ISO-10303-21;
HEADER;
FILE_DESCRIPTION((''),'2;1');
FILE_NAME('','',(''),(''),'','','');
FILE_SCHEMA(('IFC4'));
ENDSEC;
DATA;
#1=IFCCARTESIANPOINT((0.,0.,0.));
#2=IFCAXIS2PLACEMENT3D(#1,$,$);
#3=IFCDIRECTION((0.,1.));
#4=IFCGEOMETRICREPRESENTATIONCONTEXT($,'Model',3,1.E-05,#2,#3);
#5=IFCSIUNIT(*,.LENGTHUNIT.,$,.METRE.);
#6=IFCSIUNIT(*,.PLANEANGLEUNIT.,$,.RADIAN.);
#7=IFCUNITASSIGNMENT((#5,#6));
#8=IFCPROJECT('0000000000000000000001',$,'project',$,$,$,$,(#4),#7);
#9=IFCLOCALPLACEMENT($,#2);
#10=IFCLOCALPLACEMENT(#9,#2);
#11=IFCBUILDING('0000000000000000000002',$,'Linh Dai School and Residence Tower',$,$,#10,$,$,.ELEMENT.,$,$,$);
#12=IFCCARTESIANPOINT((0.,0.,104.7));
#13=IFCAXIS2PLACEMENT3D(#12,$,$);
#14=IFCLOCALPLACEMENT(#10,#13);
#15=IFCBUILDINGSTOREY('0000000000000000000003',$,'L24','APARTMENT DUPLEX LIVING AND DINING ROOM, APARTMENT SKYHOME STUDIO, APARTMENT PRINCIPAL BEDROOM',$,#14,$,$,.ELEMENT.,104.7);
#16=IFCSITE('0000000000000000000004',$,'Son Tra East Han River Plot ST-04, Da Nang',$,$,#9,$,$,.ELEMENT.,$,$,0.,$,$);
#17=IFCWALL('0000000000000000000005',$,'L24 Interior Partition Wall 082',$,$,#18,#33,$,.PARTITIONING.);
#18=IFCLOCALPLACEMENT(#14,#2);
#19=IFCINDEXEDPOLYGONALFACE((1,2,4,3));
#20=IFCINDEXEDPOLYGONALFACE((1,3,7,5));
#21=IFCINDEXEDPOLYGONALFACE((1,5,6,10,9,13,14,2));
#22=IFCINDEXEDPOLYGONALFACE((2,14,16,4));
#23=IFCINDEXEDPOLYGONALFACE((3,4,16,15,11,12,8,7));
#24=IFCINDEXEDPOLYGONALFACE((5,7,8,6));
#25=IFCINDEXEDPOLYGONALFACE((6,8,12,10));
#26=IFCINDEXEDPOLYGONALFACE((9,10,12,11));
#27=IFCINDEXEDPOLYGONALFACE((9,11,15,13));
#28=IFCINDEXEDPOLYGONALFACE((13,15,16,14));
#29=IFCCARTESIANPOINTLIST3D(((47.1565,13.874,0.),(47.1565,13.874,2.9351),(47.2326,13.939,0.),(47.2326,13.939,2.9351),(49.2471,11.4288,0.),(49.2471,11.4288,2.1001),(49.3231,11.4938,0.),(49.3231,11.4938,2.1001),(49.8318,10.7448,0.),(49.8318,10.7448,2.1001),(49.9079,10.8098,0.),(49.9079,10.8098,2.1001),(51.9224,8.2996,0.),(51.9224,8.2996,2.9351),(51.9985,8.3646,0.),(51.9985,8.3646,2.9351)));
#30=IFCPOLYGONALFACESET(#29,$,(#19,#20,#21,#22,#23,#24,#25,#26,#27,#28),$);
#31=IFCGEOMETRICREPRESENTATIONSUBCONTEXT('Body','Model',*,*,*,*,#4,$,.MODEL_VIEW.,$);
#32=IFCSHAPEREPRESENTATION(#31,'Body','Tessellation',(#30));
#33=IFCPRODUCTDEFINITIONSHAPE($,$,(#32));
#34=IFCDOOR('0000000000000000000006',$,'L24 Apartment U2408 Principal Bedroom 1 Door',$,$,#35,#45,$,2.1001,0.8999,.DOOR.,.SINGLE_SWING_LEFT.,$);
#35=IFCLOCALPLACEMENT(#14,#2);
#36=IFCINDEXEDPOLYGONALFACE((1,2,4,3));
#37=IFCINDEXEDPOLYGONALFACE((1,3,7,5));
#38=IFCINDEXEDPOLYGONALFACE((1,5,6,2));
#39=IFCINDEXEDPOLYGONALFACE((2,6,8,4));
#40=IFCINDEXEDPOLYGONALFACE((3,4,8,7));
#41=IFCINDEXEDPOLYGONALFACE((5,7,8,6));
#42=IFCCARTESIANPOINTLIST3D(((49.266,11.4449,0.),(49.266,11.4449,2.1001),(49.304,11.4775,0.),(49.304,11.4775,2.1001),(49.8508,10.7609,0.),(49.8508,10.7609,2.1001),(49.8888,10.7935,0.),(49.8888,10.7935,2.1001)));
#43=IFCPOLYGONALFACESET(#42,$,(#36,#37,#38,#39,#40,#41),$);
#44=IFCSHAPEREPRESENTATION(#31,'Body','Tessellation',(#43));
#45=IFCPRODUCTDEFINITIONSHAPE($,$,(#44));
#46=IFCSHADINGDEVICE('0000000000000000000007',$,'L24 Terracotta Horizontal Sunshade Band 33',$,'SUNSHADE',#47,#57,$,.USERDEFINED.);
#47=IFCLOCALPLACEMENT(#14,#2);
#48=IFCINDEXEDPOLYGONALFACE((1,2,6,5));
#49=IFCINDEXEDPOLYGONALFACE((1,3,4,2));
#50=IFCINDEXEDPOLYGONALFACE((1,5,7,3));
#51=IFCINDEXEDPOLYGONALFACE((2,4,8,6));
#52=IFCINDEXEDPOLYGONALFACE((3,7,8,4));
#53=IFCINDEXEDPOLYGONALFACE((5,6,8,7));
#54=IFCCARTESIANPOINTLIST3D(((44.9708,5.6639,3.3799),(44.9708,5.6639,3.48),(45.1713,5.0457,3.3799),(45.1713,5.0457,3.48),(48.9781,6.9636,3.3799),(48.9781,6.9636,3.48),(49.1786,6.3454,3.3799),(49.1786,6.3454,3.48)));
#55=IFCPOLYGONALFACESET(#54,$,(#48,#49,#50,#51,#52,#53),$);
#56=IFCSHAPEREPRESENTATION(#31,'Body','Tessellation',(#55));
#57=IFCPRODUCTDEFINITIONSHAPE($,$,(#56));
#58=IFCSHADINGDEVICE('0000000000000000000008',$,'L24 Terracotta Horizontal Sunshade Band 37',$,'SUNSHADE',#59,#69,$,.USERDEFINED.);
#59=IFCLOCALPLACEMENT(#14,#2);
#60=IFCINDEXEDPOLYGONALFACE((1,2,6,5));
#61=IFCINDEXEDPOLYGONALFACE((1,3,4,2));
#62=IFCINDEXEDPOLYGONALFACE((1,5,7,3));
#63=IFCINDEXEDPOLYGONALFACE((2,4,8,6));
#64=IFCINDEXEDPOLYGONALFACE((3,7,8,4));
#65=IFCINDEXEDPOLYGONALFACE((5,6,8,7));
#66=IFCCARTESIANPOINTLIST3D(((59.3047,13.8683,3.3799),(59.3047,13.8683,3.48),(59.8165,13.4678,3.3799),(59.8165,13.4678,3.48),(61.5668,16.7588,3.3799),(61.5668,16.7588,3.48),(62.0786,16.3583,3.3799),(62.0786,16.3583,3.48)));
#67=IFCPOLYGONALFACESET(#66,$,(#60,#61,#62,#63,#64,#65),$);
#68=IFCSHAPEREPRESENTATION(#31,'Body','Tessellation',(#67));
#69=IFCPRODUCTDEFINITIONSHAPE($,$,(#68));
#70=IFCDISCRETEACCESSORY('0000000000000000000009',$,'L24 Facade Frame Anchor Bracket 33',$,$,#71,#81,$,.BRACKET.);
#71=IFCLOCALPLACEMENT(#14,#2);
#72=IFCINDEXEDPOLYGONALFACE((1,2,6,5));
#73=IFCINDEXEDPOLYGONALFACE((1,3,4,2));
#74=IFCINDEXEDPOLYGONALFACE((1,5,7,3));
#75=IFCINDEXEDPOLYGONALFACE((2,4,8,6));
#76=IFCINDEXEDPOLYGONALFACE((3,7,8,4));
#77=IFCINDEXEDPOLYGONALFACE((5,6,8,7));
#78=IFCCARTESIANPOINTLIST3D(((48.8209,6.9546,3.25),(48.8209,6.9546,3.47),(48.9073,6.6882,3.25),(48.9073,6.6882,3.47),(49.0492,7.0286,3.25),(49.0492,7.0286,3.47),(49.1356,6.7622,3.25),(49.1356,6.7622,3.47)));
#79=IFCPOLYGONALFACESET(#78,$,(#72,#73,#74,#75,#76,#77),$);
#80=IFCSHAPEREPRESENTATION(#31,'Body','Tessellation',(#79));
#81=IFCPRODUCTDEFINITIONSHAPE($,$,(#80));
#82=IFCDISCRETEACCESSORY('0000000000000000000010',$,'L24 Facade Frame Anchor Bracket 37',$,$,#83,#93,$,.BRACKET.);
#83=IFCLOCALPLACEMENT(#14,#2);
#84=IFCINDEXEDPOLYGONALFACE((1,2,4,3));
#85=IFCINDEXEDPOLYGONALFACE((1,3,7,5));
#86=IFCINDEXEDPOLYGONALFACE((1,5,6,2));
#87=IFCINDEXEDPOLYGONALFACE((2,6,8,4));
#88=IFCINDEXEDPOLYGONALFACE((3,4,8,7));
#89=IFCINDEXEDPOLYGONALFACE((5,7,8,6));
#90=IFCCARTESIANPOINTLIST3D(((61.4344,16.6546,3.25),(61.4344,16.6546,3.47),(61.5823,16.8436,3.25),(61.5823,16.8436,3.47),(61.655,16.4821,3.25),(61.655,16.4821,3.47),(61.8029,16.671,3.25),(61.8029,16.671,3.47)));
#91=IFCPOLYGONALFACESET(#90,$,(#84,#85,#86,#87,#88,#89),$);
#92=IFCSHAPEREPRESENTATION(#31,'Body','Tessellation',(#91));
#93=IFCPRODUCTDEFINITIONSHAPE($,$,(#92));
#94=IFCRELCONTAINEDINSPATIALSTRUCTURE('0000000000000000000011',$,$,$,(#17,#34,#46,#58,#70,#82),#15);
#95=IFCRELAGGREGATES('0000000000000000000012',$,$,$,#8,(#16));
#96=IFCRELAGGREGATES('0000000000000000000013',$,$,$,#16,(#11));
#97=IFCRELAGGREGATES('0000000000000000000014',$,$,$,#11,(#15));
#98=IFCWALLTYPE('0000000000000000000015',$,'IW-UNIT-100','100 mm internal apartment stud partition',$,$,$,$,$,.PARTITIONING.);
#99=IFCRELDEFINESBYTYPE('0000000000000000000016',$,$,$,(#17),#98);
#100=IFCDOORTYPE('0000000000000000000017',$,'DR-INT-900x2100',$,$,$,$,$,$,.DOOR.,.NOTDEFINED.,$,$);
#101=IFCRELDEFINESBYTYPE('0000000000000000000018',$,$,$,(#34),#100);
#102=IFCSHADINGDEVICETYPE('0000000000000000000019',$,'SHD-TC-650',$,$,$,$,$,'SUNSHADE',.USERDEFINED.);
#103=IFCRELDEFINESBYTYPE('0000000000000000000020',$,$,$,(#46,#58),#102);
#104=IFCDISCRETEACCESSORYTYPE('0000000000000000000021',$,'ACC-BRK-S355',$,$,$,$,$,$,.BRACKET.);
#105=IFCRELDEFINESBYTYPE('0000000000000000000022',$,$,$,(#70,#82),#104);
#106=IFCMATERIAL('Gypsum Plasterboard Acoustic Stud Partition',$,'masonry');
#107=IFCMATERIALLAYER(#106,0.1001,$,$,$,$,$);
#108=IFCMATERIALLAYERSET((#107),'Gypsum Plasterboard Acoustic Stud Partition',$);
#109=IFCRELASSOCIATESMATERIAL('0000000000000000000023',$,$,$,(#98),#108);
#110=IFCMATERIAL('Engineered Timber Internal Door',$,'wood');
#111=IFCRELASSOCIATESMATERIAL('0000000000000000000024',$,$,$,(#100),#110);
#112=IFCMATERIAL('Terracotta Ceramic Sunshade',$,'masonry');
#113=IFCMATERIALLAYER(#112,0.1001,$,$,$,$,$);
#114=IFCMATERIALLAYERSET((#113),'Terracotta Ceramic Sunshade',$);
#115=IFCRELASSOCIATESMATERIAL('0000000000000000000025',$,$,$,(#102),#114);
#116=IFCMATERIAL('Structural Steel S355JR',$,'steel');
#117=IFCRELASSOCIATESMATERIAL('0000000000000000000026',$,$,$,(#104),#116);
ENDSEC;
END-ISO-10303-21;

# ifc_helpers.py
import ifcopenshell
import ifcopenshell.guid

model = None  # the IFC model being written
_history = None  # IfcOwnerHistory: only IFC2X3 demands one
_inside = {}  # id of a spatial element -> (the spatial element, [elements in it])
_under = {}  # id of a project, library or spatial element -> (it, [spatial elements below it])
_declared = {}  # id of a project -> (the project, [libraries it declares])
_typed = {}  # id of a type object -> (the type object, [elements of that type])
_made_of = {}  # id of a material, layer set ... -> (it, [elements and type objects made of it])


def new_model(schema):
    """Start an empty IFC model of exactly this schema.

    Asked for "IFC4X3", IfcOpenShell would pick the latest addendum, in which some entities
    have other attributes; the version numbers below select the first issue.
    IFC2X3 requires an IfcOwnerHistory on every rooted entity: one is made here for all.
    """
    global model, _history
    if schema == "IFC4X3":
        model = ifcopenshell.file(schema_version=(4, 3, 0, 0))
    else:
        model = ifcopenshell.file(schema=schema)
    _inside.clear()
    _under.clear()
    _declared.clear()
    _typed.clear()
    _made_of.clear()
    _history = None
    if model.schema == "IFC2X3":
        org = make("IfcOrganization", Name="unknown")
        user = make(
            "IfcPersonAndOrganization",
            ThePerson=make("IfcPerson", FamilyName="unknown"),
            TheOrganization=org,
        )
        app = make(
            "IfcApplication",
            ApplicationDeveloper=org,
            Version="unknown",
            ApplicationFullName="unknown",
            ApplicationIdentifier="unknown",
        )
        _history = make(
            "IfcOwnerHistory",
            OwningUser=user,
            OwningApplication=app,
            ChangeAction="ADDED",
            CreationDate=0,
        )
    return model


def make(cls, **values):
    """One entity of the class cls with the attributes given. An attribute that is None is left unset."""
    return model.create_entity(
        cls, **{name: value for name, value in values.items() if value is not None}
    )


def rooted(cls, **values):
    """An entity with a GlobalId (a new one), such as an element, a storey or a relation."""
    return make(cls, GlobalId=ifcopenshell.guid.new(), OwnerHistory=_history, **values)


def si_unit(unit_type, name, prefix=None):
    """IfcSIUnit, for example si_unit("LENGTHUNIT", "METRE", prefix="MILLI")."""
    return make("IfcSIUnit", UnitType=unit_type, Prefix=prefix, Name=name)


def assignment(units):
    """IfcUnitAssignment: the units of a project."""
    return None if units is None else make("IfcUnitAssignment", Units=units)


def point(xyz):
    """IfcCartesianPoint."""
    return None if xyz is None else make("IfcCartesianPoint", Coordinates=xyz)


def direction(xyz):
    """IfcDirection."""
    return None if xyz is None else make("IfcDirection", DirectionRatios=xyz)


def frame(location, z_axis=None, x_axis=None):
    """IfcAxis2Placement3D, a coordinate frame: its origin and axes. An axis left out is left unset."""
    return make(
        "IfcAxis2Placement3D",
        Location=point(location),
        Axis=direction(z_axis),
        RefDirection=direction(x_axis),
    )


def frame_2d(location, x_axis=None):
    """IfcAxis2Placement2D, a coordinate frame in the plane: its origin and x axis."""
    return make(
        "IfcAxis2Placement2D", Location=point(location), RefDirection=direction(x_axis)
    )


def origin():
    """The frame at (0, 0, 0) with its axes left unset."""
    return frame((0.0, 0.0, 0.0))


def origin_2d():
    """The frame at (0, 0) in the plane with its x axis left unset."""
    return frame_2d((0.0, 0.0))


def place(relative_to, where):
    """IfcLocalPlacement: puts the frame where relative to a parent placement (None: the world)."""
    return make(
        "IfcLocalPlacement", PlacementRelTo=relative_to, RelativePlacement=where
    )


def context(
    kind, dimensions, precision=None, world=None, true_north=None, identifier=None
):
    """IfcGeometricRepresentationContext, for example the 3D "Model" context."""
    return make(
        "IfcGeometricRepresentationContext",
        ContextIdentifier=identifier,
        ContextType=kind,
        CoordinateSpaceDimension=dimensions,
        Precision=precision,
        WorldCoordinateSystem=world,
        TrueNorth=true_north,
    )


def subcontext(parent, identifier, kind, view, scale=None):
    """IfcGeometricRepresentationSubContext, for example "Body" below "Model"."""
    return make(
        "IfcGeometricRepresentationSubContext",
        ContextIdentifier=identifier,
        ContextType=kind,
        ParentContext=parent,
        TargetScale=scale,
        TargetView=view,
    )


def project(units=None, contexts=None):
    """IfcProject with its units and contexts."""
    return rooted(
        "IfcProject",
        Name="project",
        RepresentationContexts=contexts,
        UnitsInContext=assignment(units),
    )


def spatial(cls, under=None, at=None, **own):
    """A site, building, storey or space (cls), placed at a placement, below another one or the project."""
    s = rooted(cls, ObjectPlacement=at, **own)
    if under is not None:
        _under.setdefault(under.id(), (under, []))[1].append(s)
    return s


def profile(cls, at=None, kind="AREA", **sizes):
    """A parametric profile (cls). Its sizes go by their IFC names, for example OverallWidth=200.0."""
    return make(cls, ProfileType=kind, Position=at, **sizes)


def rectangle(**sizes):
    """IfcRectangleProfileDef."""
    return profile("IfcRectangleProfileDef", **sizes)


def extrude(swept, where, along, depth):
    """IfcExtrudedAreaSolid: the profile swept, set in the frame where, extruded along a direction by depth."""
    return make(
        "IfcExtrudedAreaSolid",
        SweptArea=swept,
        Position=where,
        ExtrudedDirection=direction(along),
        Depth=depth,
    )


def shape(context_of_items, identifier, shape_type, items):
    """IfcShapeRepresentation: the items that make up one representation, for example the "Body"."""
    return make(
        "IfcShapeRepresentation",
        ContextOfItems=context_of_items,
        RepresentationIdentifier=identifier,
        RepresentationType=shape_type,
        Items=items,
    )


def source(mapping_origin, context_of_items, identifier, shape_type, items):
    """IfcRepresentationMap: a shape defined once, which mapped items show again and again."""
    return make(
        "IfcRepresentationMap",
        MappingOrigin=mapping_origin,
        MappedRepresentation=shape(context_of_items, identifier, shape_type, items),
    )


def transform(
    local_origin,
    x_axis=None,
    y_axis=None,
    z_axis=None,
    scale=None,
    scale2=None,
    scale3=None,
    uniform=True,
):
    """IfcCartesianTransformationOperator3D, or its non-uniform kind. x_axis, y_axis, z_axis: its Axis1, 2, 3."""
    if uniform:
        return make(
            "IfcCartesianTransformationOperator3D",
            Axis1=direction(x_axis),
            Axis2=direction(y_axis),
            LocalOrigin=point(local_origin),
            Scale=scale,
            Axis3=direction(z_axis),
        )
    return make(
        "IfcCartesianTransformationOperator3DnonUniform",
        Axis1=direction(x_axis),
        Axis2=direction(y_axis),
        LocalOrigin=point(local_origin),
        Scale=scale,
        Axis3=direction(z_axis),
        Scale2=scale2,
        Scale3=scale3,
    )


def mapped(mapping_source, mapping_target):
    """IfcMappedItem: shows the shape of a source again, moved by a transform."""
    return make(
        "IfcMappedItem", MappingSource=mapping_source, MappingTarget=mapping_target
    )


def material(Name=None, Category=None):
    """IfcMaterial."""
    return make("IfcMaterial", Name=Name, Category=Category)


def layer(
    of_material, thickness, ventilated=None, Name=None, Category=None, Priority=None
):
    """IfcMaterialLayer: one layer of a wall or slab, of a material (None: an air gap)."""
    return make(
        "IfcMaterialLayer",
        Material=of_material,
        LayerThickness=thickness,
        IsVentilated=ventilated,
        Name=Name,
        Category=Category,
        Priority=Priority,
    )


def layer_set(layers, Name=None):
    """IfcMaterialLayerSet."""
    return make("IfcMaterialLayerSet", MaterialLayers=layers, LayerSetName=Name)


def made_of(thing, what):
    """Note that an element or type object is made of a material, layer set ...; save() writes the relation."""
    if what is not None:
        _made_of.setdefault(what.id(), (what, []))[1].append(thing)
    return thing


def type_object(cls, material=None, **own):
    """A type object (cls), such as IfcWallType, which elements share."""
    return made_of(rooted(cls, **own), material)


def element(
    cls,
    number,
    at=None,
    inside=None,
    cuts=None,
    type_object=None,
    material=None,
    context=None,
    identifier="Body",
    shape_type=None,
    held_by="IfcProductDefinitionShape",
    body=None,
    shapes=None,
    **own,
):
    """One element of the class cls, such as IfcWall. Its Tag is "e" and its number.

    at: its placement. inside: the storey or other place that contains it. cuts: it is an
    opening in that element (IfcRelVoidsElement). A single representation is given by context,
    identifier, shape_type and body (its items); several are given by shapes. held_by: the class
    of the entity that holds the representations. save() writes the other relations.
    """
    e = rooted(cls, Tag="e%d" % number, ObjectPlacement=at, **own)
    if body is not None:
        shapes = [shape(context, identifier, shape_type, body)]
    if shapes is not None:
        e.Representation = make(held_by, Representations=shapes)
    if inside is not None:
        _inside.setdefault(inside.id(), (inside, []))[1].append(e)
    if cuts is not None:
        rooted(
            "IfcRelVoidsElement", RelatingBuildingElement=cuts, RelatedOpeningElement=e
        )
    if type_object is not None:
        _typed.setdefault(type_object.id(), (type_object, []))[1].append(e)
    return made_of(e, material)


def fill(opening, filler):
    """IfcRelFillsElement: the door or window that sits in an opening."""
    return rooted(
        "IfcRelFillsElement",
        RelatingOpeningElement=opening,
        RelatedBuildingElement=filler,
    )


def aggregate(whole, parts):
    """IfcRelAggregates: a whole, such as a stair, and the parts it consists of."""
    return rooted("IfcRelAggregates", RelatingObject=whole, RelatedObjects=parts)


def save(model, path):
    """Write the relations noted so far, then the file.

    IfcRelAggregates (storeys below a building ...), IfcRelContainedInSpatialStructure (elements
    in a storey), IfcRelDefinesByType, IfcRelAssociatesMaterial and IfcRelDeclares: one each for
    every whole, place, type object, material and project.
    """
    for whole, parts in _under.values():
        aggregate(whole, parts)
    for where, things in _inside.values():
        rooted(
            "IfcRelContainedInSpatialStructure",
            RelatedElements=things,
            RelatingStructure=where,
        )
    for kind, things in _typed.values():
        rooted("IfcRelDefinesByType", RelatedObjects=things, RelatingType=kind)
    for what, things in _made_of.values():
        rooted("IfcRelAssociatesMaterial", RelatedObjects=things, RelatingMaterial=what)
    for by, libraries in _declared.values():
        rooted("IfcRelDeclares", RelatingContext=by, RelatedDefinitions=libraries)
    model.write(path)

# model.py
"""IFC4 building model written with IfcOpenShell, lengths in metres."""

from ifc_helpers import new_model, si_unit, direction, frame, frame_2d, origin, origin_2d, place, context, subcontext, project, spatial, rectangle, extrude, source, transform, mapped, material, layer, layer_set, type_object, element, fill, save


model = new_model("IFC4")

# Units and contexts
model_context = context("Model", 3, precision=1e-05, world=origin(), true_north=direction((0.0, 1.0)))
body_context = subcontext(model_context, "Body", "Model", "MODEL_VIEW")
ifc_project = project(units=[si_unit("LENGTHUNIT", "METRE"), si_unit("PLANEANGLEUNIT", "RADIAN")], contexts=[model_context])

# Site, building, storey
site_placement = place(None, origin())
site = spatial("IfcSite", under=ifc_project, at=site_placement, Name="Son Tra East Han River Plot ST-04, Da Nang", CompositionType="ELEMENT", RefElevation=0.0)
building_placement = place(site_placement, origin())
building = spatial("IfcBuilding", under=site, at=building_placement, Name="Linh Dai School and Residence Tower", CompositionType="ELEMENT")
storey_placement = place(building_placement, frame((0.0, 0.0, 104.7)))
storey = spatial("IfcBuildingStorey", under=building, at=storey_placement, Name="L24", Description="APARTMENT DUPLEX LIVING AND DINING ROOM, APARTMENT SKYHOME STUDIO, APARTMENT PRINCIPAL BEDROOM", CompositionType="ELEMENT", Elevation=104.7)

# Shared definitions
ifc_material_1 = material(Name="Structural Steel S355JR", Category="steel")

# Wall, opening, door
ifc_material_2 = material(Name="Gypsum Plasterboard Acoustic Stud Partition", Category="masonry")
ifc_layer_1 = layer(ifc_material_2, 0.1001)
ifc_layer_set_1 = layer_set([ifc_layer_1], Name="Gypsum Plasterboard Acoustic Stud Partition")
wall_type_1 = type_object("IfcWallType", Name="IW-UNIT-100", Description="100 mm internal apartment stud partition", PredefinedType="PARTITIONING", material=ifc_layer_set_1)
wall_1_placement = place(storey_placement, frame((47.1946, 13.9065, 0.0), z_axis=(0.0, 0.0, 1.0), x_axis=(0.649829, -0.760081, 0.0)))
wall_1 = element("IfcWall", 1, at=wall_1_placement, inside=storey, type_object=wall_type_1, Name="L24 Interior Partition Wall 082", PredefinedType="PARTITIONING", context=body_context, shape_type="SweptSolid", body=[
    extrude(rectangle(XDim=7.334, YDim=0.1001, at=frame_2d((3.667, 0.0))), origin(), (0.0, 0.0, 1.0), 2.9351),
])
opening_1_placement = place(wall_1_placement, frame((3.217, 0.0, 0.0)))
opening_1 = element("IfcOpeningElement", 2, at=opening_1_placement, cuts=wall_1, PredefinedType="OPENING", context=body_context, shape_type="SweptSolid", body=[
    extrude(rectangle(XDim=0.8999, YDim=2.1001, at=origin_2d()), frame((0.45, 0.0601, 1.05), z_axis=(0.0, -1.0, 0.0), x_axis=(1.0, 0.0, 0.0)), (0.0, 0.0, 1.0), 0.1201),
])
ifc_material_3 = material(Name="Engineered Timber Internal Door", Category="wood")
door_type_1 = type_object("IfcDoorType", Name="DR-INT-900x2100", OperationType="NOTDEFINED", PredefinedType="DOOR", material=ifc_material_3)
shared_shape_1 = source(origin(), body_context, "Body", "SweptSolid", [
    extrude(rectangle(XDim=0.8999, YDim=2.1001, at=origin_2d()), frame((0.45, 0.0249, 1.05), z_axis=(0.0, -1.0, 0.0), x_axis=(1.0, 0.0, 0.0)), (0.0, 0.0, 1.0), 0.05),
])
door_1_placement = place(opening_1_placement, origin())
door_1 = element("IfcDoor", 3, at=door_1_placement, inside=storey, type_object=door_type_1, Name="L24 Apartment U2408 Principal Bedroom 1 Door", OperationType="SINGLE_SWING_LEFT", OverallHeight=2.1001, OverallWidth=0.8999, PredefinedType="DOOR", context=body_context, shape_type="MappedRepresentation", body=[
    mapped(shared_shape_1, transform((0.0, 0.0, 0.0), x_axis=(1.0, 0.0, 0.0), y_axis=(0.0, 1.0, 0.0), z_axis=(0.0, 0.0, 1.0), scale=1.0)),
])
fill(opening_1, door_1)

# Shading devices
ifc_material_4 = material(Name="Terracotta Ceramic Sunshade", Category="masonry")
ifc_layer_2 = layer(ifc_material_4, 0.1001)
ifc_layer_set_2 = layer_set([ifc_layer_2], Name="Terracotta Ceramic Sunshade")
shading_device_type = type_object("IfcShadingDeviceType", Name="SHD-TC-650", ElementType="SUNSHADE", PredefinedType="USERDEFINED", material=ifc_layer_set_2)
shared_shape_2 = source(origin(), body_context, "Body", "SweptSolid", [
    extrude(rectangle(XDim=4.2129, YDim=0.6499, at=origin_2d()), origin(), (0.0, 0.0, 1.0), 0.1001),
])
shading_device_1_placement = place(storey_placement, frame((47.0747, 6.0046, 3.3799), z_axis=(0.0, 0.0, 1.0), x_axis=(-0.951217, -0.308522, 0.0)))
element("IfcShadingDevice", 4, at=shading_device_1_placement, inside=storey, type_object=shading_device_type, Name="L24 Terracotta Horizontal Sunshade Band 33", ObjectType="SUNSHADE", PredefinedType="USERDEFINED", context=body_context, shape_type="MappedRepresentation", body=[
    mapped(shared_shape_2, transform((0.0, 0.0, 0.0), x_axis=(1.0, 0.0, 0.0), y_axis=(0.0, 1.0, 0.0), z_axis=(0.0, 0.0, 1.0), scale=1.0)),
])
shared_shape_3 = source(origin(), body_context, "Body", "SweptSolid", [
    extrude(rectangle(XDim=3.6704, YDim=0.6499, at=origin_2d()), origin(), (0.0, 0.0, 1.0), 0.1001),
])
shading_device_2_placement = place(storey_placement, frame((60.6917, 15.1133, 3.3799), z_axis=(0.0, 0.0, 1.0), x_axis=(-0.616305, -0.787508, 0.0)))
element("IfcShadingDevice", 5, at=shading_device_2_placement, inside=storey, type_object=shading_device_type, Name="L24 Terracotta Horizontal Sunshade Band 37", ObjectType="SUNSHADE", PredefinedType="USERDEFINED", context=body_context, shape_type="MappedRepresentation", body=[
    mapped(shared_shape_3, transform((0.0, 0.0, 0.0), x_axis=(1.0, 0.0, 0.0), y_axis=(0.0, 1.0, 0.0), z_axis=(0.0, 0.0, 1.0), scale=1.0)),
])

# Discrete accessories
discrete_accessory_type = type_object("IfcDiscreteAccessoryType", Name="ACC-BRK-S355", PredefinedType="BRACKET", material=ifc_material_1)
shared_shape_4 = source(origin(), body_context, "Body", "SweptSolid", [
    extrude(rectangle(XDim=0.28, YDim=0.24, at=origin_2d()), origin(), (0.0, 0.0, 1.0), 0.22),
])
for number, where, z_axis, x_axis, name in (
    (6, (48.9783, 6.8584, 3.25), (0.0, 0.0, 1.0), (0.308522, -0.951217, 0.0), "L24 Facade Frame Anchor Bracket 33"),
    (7, (61.6187, 16.6628, 3.25), (0.0, 0.0, 1.0), (0.787508, -0.616305, 0.0), "L24 Facade Frame Anchor Bracket 37"),
):
    element("IfcDiscreteAccessory", number, at=place(storey_placement, frame(where, z_axis=z_axis, x_axis=x_axis)), inside=storey, type_object=discrete_accessory_type, Name=name, PredefinedType="BRACKET", context=body_context, shape_type="MappedRepresentation", body=[
        mapped(shared_shape_4, transform((0.0, 0.0, 0.0), x_axis=(1.0, 0.0, 0.0), y_axis=(0.0, 1.0, 0.0), z_axis=(0.0, 0.0, 1.0), scale=1.0)),
    ])

save(model, "model.ifc")
